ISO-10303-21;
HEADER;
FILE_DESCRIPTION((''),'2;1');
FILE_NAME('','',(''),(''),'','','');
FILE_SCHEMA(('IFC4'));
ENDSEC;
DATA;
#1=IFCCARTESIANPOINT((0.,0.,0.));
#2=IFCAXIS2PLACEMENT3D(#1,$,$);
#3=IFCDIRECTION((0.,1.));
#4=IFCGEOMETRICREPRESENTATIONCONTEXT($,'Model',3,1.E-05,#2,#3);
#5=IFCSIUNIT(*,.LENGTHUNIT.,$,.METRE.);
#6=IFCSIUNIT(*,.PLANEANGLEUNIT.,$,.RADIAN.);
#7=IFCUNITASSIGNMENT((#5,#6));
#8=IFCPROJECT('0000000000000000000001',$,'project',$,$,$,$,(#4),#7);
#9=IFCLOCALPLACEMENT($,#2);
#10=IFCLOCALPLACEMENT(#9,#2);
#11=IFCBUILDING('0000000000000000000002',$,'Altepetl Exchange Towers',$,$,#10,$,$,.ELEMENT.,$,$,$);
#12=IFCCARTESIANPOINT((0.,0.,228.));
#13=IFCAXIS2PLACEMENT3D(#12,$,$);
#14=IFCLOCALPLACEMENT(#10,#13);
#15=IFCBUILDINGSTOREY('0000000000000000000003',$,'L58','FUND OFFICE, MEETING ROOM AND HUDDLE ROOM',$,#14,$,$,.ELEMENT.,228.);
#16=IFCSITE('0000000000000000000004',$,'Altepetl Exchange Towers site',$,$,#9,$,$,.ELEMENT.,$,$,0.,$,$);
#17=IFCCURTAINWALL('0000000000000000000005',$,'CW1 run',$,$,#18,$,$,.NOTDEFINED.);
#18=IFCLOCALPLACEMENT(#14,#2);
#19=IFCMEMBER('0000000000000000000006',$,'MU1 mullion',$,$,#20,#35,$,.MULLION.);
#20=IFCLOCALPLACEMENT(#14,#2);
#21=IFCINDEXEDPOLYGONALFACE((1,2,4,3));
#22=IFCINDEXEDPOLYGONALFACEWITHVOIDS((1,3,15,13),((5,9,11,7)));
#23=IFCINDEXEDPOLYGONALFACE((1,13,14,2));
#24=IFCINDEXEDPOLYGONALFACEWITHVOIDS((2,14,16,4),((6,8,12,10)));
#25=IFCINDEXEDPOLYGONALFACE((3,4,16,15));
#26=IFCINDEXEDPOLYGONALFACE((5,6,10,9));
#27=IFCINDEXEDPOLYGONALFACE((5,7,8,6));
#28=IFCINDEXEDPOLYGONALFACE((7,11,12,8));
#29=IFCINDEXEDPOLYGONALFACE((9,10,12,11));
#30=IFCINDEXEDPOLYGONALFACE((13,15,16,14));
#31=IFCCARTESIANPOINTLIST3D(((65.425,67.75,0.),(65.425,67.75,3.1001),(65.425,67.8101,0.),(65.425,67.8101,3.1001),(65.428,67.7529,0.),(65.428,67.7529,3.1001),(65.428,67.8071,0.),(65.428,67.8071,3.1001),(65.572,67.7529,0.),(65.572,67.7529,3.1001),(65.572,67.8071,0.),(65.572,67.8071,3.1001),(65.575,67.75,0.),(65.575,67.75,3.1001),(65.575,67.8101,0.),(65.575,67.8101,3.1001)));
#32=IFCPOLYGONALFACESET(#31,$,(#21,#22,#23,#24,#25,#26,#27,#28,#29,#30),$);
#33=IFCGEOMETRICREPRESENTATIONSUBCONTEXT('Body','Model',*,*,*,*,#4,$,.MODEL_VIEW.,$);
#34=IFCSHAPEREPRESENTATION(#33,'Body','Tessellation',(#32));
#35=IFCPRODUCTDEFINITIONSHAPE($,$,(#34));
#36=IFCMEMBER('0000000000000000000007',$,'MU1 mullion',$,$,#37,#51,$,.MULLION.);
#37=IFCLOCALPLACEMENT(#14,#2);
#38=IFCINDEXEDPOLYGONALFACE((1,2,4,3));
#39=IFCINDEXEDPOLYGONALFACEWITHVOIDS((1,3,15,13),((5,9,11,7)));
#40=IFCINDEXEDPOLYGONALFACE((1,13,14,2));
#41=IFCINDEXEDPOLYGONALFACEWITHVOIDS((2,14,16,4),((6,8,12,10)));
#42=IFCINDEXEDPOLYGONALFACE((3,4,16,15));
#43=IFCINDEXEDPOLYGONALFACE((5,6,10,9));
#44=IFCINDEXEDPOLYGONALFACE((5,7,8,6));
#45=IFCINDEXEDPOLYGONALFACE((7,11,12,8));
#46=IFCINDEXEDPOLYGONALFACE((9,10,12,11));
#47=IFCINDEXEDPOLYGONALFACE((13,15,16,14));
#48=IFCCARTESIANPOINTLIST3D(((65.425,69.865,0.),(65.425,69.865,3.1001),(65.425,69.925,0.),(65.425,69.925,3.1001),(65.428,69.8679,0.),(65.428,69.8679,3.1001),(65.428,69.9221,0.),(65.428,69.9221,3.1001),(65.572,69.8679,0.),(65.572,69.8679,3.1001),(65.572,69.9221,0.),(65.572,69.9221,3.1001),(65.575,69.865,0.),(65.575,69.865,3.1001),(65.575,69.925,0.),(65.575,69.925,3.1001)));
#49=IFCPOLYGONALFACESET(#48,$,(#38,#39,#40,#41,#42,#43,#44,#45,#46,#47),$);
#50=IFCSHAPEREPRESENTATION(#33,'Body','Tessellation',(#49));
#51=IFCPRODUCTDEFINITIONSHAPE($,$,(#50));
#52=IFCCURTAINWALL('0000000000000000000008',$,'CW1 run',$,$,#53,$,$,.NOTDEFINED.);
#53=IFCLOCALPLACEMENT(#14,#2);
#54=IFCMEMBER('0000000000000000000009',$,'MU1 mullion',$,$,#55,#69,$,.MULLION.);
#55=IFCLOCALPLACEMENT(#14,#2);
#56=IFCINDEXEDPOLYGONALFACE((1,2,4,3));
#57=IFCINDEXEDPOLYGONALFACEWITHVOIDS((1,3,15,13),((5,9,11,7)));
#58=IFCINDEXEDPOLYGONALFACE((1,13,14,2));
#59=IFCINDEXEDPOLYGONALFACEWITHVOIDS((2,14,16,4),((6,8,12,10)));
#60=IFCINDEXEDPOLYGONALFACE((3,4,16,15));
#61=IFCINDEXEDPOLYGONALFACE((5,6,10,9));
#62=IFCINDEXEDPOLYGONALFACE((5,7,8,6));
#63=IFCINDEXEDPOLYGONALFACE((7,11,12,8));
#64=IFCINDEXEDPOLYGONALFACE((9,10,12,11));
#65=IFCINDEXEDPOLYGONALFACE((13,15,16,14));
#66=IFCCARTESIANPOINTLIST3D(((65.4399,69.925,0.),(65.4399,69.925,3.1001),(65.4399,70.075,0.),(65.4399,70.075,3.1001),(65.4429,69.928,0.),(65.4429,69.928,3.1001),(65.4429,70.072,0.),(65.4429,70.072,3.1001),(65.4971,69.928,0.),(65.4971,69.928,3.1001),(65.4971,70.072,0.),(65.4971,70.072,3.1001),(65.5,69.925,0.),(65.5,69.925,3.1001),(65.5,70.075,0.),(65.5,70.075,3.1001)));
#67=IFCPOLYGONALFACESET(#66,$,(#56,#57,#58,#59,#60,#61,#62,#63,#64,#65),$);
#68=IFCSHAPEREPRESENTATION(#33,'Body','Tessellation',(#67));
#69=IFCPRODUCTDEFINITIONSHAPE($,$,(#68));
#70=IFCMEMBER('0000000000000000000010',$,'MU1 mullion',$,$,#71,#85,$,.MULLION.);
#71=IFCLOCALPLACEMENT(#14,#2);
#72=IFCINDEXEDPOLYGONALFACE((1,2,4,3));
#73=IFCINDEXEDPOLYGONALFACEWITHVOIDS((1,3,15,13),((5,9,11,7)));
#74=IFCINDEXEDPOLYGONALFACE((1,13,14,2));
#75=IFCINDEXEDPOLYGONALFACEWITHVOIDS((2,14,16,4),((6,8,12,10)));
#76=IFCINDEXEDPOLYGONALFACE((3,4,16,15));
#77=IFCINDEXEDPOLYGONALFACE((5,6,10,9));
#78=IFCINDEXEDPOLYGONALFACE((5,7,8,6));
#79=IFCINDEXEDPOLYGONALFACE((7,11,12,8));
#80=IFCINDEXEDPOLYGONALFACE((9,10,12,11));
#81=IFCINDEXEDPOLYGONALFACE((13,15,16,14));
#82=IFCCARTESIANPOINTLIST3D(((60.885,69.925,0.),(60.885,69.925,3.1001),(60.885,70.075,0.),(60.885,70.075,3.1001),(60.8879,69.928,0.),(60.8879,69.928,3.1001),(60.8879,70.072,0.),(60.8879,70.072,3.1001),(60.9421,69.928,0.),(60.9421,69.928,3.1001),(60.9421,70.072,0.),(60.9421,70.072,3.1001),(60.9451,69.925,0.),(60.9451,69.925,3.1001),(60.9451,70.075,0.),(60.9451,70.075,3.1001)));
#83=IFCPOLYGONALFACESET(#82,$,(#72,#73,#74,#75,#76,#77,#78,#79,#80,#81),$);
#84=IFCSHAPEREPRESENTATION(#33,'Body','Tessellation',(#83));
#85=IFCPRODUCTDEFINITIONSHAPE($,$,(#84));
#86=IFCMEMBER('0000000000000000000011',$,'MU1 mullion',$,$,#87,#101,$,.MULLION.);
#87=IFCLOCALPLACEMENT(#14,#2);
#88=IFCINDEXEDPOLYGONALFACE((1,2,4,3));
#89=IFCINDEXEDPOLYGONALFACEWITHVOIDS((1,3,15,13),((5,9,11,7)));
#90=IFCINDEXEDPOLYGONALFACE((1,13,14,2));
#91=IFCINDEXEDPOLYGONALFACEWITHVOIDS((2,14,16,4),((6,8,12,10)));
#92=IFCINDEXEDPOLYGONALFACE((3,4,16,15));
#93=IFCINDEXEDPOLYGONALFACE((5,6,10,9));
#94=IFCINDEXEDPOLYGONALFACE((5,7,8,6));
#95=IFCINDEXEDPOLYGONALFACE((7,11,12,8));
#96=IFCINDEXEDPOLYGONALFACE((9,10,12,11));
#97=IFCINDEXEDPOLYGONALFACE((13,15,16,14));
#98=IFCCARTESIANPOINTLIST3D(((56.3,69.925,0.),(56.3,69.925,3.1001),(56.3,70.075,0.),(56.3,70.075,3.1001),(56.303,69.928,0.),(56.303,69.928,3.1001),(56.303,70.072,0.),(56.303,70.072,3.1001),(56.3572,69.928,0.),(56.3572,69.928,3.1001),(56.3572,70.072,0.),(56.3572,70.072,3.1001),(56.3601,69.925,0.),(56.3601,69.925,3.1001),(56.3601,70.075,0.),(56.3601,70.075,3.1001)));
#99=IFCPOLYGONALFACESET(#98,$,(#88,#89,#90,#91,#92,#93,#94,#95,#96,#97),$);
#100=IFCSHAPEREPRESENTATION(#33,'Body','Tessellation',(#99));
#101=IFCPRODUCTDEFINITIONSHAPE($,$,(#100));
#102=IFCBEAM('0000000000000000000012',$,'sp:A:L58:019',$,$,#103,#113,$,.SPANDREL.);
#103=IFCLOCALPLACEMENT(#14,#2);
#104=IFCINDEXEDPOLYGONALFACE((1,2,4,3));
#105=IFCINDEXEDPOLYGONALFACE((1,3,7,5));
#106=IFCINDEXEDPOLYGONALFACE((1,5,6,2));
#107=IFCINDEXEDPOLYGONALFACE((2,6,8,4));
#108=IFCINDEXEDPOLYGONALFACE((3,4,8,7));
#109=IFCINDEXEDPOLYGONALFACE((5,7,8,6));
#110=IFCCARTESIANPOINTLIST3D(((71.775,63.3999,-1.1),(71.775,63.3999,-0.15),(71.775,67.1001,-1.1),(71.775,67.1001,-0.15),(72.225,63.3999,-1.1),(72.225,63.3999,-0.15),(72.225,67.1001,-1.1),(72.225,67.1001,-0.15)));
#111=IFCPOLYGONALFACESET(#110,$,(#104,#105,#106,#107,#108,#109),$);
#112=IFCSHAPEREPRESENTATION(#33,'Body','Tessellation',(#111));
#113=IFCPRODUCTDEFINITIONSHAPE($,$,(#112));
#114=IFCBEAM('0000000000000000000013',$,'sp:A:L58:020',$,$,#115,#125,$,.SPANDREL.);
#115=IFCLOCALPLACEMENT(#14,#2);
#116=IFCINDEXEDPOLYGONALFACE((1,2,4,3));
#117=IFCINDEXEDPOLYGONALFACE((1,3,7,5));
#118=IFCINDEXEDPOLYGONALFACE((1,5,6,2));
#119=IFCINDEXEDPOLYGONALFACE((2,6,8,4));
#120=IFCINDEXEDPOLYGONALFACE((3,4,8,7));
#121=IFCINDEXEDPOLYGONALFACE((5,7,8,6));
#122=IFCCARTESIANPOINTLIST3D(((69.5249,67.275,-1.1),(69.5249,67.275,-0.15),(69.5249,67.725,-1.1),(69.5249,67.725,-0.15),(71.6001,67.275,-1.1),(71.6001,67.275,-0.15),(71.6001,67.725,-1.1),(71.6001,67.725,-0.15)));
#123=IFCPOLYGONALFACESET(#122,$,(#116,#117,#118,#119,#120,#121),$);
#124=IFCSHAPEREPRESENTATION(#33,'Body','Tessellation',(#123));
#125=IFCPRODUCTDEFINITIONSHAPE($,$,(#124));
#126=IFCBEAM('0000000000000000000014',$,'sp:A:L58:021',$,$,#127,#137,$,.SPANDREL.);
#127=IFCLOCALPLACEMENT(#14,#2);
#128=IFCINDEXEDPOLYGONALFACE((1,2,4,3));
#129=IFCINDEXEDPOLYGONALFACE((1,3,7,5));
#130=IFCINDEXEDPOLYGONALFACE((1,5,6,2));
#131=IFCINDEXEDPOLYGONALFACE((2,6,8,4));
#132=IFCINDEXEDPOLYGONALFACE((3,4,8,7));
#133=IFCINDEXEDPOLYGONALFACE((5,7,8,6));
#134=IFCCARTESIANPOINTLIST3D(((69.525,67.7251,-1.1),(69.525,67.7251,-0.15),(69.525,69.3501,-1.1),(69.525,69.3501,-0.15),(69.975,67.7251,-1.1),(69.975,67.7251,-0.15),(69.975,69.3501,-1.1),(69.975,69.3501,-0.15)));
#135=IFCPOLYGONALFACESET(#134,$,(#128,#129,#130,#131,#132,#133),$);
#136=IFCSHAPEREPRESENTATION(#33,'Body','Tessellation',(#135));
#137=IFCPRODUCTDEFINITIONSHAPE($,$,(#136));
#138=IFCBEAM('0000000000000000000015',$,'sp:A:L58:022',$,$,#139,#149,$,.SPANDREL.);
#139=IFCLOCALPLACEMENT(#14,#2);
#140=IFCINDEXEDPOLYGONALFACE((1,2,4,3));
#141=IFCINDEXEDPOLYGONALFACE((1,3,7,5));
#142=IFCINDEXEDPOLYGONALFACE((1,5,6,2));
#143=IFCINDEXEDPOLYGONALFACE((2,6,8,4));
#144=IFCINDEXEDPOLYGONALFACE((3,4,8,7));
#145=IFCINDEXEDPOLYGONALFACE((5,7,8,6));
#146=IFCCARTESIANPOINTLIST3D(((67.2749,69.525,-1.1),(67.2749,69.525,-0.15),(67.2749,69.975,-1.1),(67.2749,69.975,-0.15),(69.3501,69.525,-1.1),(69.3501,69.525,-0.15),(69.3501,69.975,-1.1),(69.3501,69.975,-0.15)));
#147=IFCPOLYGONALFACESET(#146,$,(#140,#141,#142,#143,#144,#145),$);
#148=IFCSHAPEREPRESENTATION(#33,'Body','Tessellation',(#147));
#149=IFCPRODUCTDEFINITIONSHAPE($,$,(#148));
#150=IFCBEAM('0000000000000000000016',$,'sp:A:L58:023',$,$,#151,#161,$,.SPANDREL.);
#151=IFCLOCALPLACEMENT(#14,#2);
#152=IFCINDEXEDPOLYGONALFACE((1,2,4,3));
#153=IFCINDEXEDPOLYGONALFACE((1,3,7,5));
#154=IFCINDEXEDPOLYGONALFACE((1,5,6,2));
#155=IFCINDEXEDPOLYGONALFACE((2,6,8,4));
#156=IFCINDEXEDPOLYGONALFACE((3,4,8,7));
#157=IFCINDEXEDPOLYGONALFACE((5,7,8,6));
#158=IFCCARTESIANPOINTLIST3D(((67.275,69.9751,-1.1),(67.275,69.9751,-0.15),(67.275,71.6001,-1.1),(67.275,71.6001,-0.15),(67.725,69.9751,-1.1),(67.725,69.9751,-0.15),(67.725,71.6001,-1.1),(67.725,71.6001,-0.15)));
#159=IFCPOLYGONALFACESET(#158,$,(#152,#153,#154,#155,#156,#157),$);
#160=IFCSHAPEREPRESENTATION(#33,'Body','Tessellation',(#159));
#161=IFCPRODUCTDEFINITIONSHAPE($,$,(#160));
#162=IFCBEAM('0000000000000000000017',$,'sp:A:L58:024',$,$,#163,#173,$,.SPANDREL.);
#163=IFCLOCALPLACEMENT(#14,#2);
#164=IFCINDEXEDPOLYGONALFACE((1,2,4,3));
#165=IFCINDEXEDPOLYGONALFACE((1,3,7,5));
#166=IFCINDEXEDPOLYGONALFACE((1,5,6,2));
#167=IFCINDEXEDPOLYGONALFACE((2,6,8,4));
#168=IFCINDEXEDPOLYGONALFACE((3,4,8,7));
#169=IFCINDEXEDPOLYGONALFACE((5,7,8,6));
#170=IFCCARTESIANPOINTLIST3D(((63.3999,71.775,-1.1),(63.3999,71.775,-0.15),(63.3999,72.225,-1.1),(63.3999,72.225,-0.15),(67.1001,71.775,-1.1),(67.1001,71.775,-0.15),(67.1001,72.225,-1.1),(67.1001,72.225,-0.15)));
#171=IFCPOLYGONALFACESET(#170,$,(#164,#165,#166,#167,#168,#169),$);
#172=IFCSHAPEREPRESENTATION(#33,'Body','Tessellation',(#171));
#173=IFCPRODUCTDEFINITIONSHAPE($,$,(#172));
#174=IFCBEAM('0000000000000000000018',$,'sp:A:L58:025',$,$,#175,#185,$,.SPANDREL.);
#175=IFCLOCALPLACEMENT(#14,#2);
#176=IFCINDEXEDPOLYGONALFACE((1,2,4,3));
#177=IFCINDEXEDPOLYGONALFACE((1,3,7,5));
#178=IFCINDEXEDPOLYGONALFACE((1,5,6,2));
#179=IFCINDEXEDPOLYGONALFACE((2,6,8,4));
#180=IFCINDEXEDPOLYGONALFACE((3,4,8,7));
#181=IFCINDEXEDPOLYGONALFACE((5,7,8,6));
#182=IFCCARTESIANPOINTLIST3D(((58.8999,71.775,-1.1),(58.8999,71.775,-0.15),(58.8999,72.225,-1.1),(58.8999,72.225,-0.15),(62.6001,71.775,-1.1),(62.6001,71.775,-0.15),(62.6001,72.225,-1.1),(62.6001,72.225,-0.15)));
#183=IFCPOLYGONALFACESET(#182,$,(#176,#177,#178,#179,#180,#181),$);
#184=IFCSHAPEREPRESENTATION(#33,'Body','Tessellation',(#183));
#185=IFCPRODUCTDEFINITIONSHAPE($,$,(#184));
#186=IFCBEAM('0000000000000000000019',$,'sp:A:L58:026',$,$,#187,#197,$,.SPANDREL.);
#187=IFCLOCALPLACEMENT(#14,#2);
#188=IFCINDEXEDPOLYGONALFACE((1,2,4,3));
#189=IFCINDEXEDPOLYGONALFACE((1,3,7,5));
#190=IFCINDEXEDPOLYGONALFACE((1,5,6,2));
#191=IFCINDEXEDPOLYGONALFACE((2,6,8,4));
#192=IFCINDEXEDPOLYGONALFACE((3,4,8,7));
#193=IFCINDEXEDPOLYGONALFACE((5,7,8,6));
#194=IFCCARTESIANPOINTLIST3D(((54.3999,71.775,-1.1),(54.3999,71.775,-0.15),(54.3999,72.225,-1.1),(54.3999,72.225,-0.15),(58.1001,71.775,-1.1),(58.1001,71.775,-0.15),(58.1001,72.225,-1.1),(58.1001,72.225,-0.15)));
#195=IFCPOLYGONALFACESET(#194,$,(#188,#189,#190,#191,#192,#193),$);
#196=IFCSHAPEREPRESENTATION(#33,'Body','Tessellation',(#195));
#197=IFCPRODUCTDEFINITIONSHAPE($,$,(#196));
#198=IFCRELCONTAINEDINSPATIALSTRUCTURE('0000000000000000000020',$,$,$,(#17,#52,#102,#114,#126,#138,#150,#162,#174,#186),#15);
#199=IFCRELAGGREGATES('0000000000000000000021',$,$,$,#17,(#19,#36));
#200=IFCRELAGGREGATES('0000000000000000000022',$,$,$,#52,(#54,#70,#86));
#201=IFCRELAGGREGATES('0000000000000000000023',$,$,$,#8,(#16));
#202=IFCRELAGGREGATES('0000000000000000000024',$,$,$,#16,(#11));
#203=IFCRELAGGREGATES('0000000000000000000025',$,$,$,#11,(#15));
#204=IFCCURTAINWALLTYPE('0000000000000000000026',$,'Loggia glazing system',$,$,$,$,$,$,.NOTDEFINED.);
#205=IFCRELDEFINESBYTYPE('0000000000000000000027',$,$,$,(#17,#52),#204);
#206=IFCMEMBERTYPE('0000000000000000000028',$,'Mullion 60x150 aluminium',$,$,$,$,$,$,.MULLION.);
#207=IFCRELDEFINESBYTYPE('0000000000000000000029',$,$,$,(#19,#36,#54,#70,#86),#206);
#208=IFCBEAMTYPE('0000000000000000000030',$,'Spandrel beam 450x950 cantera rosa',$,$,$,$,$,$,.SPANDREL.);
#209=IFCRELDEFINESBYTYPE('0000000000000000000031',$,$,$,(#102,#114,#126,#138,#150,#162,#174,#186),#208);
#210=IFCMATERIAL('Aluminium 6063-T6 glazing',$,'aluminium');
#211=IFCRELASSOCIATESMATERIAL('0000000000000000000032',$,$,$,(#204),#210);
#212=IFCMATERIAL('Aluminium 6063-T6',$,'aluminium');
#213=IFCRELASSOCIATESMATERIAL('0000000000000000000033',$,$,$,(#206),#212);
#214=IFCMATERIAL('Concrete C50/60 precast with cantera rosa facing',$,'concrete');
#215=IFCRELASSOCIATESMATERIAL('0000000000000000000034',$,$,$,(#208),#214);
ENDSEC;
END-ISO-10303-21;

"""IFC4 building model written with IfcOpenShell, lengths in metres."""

from ifc_helpers import new_model, si_unit, direction, frame, origin, origin_2d, place, context, subcontext, project, spatial, rectangle, hollow_rectangle, extrude, material, material_profile, profile_set, type_object, element, aggregate, save


model = new_model("IFC4")

# Units and contexts
model_context = context("Model", 3, precision=1e-05, world=origin(), true_north=direction((0.0, 1.0)))
body_context = subcontext(model_context, "Body", "Model", "MODEL_VIEW")
ifc_project = project(units=[si_unit("LENGTHUNIT", "METRE"), si_unit("PLANEANGLEUNIT", "RADIAN")], contexts=[model_context])

# Site, building, storey
site_placement = place(None, origin())
site = spatial("IfcSite", under=ifc_project, at=site_placement, Name="Altepetl Exchange Towers site", CompositionType="ELEMENT", RefElevation=0.0)
building_placement = place(site_placement, origin())
building = spatial("IfcBuilding", under=site, at=building_placement, Name="Altepetl Exchange Towers", CompositionType="ELEMENT")
storey_placement = place(building_placement, frame((0.0, 0.0, 228.0)))
storey = spatial("IfcBuildingStorey", under=building, at=storey_placement, Name="L58", Description="FUND OFFICE, MEETING ROOM AND HUDDLE ROOM", CompositionType="ELEMENT", Elevation=228.0)

# Shared definitions
ifc_material_1 = material(Name="Aluminium 6063-T6 glazing", Category="aluminium")
curtain_wall_type = type_object("IfcCurtainWallType", Name="Loggia glazing system", PredefinedType="NOTDEFINED", material=ifc_material_1)
ifc_material_2 = material(Name="Aluminium 6063-T6", Category="aluminium")
ifc_material_profile_1 = material_profile(ifc_material_2, hollow_rectangle(XDim=0.0601, YDim=0.1499, WallThickness=0.0029, at=origin_2d()), Name="Mullion 60x150 aluminium")
ifc_profile_set_1 = profile_set([ifc_material_profile_1], Name="Aluminium 6063-T6")
member_type = type_object("IfcMemberType", Name="Mullion 60x150 aluminium", PredefinedType="MULLION", material=ifc_profile_set_1)

# Curtain walls, members
curtain_wall_1_placement = place(storey_placement, origin())
curtain_wall_1 = element("IfcCurtainWall", 1, at=curtain_wall_1_placement, inside=storey, type_object=curtain_wall_type, Name="CW1 run", PredefinedType="NOTDEFINED")
member_1_placement = place(storey_placement, frame((65.5, 67.78, 0.0), z_axis=(0.0, 0.0, 1.0), x_axis=(0.0, 1.0, 0.0)))
member_1 = element("IfcMember", 2, at=member_1_placement, type_object=member_type, Name="MU1 mullion", PredefinedType="MULLION", context=body_context, shape_type="SweptSolid", body=[
    extrude(hollow_rectangle(XDim=0.0601, YDim=0.1499, WallThickness=0.0029, at=origin_2d()), origin(), (0.0, 0.0, 1.0), 3.1001),
])
member_2_placement = place(storey_placement, frame((65.5, 69.895, 0.0), z_axis=(0.0, 0.0, 1.0), x_axis=(0.0, 1.0, 0.0)))
member_2 = element("IfcMember", 3, at=member_2_placement, type_object=member_type, Name="MU1 mullion", PredefinedType="MULLION", context=body_context, shape_type="SweptSolid", body=[
    extrude(hollow_rectangle(XDim=0.0601, YDim=0.1499, WallThickness=0.0029, at=origin_2d()), origin(), (0.0, 0.0, 1.0), 3.1001),
])
curtain_wall_2_placement = place(storey_placement, origin())
curtain_wall_2 = element("IfcCurtainWall", 4, at=curtain_wall_2_placement, inside=storey, type_object=curtain_wall_type, Name="CW1 run", PredefinedType="NOTDEFINED")
member_3_placement = place(storey_placement, frame((65.47, 70.0, 0.0), z_axis=(0.0, 0.0, 1.0), x_axis=(-1.0, 0.0, 0.0)))
member_3 = element("IfcMember", 5, at=member_3_placement, type_object=member_type, Name="MU1 mullion", PredefinedType="MULLION", context=body_context, shape_type="SweptSolid", body=[
    extrude(hollow_rectangle(XDim=0.0601, YDim=0.1499, WallThickness=0.0029, at=origin_2d()), origin(), (0.0, 0.0, 1.0), 3.1001),
])
member_4_placement = place(storey_placement, frame((60.915, 70.0, 0.0), z_axis=(0.0, 0.0, 1.0), x_axis=(-1.0, 0.0, 0.0)))
member_4 = element("IfcMember", 6, at=member_4_placement, type_object=member_type, Name="MU1 mullion", PredefinedType="MULLION", context=body_context, shape_type="SweptSolid", body=[
    extrude(hollow_rectangle(XDim=0.0601, YDim=0.1499, WallThickness=0.0029, at=origin_2d()), origin(), (0.0, 0.0, 1.0), 3.1001),
])
member_5_placement = place(storey_placement, frame((56.3301, 70.0, 0.0), z_axis=(0.0, 0.0, 1.0), x_axis=(-1.0, 0.0, 0.0)))
member_5 = element("IfcMember", 7, at=member_5_placement, type_object=member_type, Name="MU1 mullion", PredefinedType="MULLION", context=body_context, shape_type="SweptSolid", body=[
    extrude(hollow_rectangle(XDim=0.0601, YDim=0.1499, WallThickness=0.0029, at=origin_2d()), origin(), (0.0, 0.0, 1.0), 3.1001),
])

# Beams
ifc_material_3 = material(Name="Concrete C50/60 precast with cantera rosa facing", Category="concrete")
ifc_material_profile_2 = material_profile(ifc_material_3, rectangle(XDim=0.45, YDim=0.95, at=origin_2d()), Name="450 x 950")
ifc_profile_set_2 = profile_set([ifc_material_profile_2], Name="Concrete C50/60 precast with cantera rosa facing")
beam_type = type_object("IfcBeamType", Name="Spandrel beam 450x950 cantera rosa", PredefinedType="SPANDREL", material=ifc_profile_set_2)
beam_1_placement = place(storey_placement, frame((72.0, 63.3999, -0.625), z_axis=(0.0, 1.0, 0.0), x_axis=(-1.0, 0.0, 0.0)))
element("IfcBeam", 8, at=beam_1_placement, inside=storey, type_object=beam_type, Name="sp:A:L58:019", PredefinedType="SPANDREL", context=body_context, shape_type="SweptSolid", body=[
    extrude(rectangle(XDim=0.45, YDim=0.95, at=origin_2d()), origin(), (0.0, 0.0, 1.0), 3.7002),
])
beam_2_placement = place(storey_placement, frame((71.6001, 67.5, -0.625), z_axis=(-1.0, 0.0, 0.0), x_axis=(0.0, -1.0, 0.0)))
element("IfcBeam", 9, at=beam_2_placement, inside=storey, type_object=beam_type, Name="sp:A:L58:020", PredefinedType="SPANDREL", context=body_context, shape_type="SweptSolid", body=[
    extrude(rectangle(XDim=0.45, YDim=0.95, at=origin_2d()), origin(), (0.0, 0.0, 1.0), 2.0752),
])
beam_3_placement = place(storey_placement, frame((69.75, 67.7251, -0.625), z_axis=(0.0, 1.0, 0.0), x_axis=(-1.0, 0.0, 0.0)))
element("IfcBeam", 10, at=beam_3_placement, inside=storey, type_object=beam_type, Name="sp:A:L58:021", PredefinedType="SPANDREL", context=body_context, shape_type="SweptSolid", body=[
    extrude(rectangle(XDim=0.45, YDim=0.95, at=origin_2d()), origin(), (0.0, 0.0, 1.0), 1.625),
])
beam_4_placement = place(storey_placement, frame((69.3501, 69.75, -0.625), z_axis=(-1.0, 0.0, 0.0), x_axis=(0.0, -1.0, 0.0)))
element("IfcBeam", 11, at=beam_4_placement, inside=storey, type_object=beam_type, Name="sp:A:L58:022", PredefinedType="SPANDREL", context=body_context, shape_type="SweptSolid", body=[
    extrude(rectangle(XDim=0.45, YDim=0.95, at=origin_2d()), origin(), (0.0, 0.0, 1.0), 2.0752),
])
beam_5_placement = place(storey_placement, frame((67.5, 69.9751, -0.625), z_axis=(0.0, 1.0, 0.0), x_axis=(-1.0, 0.0, 0.0)))
element("IfcBeam", 12, at=beam_5_placement, inside=storey, type_object=beam_type, Name="sp:A:L58:023", PredefinedType="SPANDREL", context=body_context, shape_type="SweptSolid", body=[
    extrude(rectangle(XDim=0.45, YDim=0.95, at=origin_2d()), origin(), (0.0, 0.0, 1.0), 1.625),
])
for number, where, z_axis, x_axis, name in (
    (13, (67.1001, 72.0, -0.625), (-1.0, 0.0, 0.0), (0.0, -1.0, 0.0), "sp:A:L58:024"),
    (14, (62.6001, 72.0, -0.625), (-1.0, 0.0, 0.0), (0.0, -1.0, 0.0), "sp:A:L58:025"),
    (15, (58.1001, 72.0, -0.625), (-1.0, 0.0, 0.0), (0.0, -1.0, 0.0), "sp:A:L58:026"),
):
    element("IfcBeam", number, at=place(storey_placement, frame(where, z_axis=z_axis, x_axis=x_axis)), inside=storey, type_object=beam_type, Name=name, PredefinedType="SPANDREL", context=body_context, shape_type="SweptSolid", body=[
        extrude(rectangle(XDim=0.45, YDim=0.95, at=origin_2d()), origin(), (0.0, 0.0, 1.0), 3.7002),
    ])

aggregate(curtain_wall_1, [member_1, member_2])
aggregate(curtain_wall_2, [member_3, member_4, member_5])

save(model, "model.ifc")
